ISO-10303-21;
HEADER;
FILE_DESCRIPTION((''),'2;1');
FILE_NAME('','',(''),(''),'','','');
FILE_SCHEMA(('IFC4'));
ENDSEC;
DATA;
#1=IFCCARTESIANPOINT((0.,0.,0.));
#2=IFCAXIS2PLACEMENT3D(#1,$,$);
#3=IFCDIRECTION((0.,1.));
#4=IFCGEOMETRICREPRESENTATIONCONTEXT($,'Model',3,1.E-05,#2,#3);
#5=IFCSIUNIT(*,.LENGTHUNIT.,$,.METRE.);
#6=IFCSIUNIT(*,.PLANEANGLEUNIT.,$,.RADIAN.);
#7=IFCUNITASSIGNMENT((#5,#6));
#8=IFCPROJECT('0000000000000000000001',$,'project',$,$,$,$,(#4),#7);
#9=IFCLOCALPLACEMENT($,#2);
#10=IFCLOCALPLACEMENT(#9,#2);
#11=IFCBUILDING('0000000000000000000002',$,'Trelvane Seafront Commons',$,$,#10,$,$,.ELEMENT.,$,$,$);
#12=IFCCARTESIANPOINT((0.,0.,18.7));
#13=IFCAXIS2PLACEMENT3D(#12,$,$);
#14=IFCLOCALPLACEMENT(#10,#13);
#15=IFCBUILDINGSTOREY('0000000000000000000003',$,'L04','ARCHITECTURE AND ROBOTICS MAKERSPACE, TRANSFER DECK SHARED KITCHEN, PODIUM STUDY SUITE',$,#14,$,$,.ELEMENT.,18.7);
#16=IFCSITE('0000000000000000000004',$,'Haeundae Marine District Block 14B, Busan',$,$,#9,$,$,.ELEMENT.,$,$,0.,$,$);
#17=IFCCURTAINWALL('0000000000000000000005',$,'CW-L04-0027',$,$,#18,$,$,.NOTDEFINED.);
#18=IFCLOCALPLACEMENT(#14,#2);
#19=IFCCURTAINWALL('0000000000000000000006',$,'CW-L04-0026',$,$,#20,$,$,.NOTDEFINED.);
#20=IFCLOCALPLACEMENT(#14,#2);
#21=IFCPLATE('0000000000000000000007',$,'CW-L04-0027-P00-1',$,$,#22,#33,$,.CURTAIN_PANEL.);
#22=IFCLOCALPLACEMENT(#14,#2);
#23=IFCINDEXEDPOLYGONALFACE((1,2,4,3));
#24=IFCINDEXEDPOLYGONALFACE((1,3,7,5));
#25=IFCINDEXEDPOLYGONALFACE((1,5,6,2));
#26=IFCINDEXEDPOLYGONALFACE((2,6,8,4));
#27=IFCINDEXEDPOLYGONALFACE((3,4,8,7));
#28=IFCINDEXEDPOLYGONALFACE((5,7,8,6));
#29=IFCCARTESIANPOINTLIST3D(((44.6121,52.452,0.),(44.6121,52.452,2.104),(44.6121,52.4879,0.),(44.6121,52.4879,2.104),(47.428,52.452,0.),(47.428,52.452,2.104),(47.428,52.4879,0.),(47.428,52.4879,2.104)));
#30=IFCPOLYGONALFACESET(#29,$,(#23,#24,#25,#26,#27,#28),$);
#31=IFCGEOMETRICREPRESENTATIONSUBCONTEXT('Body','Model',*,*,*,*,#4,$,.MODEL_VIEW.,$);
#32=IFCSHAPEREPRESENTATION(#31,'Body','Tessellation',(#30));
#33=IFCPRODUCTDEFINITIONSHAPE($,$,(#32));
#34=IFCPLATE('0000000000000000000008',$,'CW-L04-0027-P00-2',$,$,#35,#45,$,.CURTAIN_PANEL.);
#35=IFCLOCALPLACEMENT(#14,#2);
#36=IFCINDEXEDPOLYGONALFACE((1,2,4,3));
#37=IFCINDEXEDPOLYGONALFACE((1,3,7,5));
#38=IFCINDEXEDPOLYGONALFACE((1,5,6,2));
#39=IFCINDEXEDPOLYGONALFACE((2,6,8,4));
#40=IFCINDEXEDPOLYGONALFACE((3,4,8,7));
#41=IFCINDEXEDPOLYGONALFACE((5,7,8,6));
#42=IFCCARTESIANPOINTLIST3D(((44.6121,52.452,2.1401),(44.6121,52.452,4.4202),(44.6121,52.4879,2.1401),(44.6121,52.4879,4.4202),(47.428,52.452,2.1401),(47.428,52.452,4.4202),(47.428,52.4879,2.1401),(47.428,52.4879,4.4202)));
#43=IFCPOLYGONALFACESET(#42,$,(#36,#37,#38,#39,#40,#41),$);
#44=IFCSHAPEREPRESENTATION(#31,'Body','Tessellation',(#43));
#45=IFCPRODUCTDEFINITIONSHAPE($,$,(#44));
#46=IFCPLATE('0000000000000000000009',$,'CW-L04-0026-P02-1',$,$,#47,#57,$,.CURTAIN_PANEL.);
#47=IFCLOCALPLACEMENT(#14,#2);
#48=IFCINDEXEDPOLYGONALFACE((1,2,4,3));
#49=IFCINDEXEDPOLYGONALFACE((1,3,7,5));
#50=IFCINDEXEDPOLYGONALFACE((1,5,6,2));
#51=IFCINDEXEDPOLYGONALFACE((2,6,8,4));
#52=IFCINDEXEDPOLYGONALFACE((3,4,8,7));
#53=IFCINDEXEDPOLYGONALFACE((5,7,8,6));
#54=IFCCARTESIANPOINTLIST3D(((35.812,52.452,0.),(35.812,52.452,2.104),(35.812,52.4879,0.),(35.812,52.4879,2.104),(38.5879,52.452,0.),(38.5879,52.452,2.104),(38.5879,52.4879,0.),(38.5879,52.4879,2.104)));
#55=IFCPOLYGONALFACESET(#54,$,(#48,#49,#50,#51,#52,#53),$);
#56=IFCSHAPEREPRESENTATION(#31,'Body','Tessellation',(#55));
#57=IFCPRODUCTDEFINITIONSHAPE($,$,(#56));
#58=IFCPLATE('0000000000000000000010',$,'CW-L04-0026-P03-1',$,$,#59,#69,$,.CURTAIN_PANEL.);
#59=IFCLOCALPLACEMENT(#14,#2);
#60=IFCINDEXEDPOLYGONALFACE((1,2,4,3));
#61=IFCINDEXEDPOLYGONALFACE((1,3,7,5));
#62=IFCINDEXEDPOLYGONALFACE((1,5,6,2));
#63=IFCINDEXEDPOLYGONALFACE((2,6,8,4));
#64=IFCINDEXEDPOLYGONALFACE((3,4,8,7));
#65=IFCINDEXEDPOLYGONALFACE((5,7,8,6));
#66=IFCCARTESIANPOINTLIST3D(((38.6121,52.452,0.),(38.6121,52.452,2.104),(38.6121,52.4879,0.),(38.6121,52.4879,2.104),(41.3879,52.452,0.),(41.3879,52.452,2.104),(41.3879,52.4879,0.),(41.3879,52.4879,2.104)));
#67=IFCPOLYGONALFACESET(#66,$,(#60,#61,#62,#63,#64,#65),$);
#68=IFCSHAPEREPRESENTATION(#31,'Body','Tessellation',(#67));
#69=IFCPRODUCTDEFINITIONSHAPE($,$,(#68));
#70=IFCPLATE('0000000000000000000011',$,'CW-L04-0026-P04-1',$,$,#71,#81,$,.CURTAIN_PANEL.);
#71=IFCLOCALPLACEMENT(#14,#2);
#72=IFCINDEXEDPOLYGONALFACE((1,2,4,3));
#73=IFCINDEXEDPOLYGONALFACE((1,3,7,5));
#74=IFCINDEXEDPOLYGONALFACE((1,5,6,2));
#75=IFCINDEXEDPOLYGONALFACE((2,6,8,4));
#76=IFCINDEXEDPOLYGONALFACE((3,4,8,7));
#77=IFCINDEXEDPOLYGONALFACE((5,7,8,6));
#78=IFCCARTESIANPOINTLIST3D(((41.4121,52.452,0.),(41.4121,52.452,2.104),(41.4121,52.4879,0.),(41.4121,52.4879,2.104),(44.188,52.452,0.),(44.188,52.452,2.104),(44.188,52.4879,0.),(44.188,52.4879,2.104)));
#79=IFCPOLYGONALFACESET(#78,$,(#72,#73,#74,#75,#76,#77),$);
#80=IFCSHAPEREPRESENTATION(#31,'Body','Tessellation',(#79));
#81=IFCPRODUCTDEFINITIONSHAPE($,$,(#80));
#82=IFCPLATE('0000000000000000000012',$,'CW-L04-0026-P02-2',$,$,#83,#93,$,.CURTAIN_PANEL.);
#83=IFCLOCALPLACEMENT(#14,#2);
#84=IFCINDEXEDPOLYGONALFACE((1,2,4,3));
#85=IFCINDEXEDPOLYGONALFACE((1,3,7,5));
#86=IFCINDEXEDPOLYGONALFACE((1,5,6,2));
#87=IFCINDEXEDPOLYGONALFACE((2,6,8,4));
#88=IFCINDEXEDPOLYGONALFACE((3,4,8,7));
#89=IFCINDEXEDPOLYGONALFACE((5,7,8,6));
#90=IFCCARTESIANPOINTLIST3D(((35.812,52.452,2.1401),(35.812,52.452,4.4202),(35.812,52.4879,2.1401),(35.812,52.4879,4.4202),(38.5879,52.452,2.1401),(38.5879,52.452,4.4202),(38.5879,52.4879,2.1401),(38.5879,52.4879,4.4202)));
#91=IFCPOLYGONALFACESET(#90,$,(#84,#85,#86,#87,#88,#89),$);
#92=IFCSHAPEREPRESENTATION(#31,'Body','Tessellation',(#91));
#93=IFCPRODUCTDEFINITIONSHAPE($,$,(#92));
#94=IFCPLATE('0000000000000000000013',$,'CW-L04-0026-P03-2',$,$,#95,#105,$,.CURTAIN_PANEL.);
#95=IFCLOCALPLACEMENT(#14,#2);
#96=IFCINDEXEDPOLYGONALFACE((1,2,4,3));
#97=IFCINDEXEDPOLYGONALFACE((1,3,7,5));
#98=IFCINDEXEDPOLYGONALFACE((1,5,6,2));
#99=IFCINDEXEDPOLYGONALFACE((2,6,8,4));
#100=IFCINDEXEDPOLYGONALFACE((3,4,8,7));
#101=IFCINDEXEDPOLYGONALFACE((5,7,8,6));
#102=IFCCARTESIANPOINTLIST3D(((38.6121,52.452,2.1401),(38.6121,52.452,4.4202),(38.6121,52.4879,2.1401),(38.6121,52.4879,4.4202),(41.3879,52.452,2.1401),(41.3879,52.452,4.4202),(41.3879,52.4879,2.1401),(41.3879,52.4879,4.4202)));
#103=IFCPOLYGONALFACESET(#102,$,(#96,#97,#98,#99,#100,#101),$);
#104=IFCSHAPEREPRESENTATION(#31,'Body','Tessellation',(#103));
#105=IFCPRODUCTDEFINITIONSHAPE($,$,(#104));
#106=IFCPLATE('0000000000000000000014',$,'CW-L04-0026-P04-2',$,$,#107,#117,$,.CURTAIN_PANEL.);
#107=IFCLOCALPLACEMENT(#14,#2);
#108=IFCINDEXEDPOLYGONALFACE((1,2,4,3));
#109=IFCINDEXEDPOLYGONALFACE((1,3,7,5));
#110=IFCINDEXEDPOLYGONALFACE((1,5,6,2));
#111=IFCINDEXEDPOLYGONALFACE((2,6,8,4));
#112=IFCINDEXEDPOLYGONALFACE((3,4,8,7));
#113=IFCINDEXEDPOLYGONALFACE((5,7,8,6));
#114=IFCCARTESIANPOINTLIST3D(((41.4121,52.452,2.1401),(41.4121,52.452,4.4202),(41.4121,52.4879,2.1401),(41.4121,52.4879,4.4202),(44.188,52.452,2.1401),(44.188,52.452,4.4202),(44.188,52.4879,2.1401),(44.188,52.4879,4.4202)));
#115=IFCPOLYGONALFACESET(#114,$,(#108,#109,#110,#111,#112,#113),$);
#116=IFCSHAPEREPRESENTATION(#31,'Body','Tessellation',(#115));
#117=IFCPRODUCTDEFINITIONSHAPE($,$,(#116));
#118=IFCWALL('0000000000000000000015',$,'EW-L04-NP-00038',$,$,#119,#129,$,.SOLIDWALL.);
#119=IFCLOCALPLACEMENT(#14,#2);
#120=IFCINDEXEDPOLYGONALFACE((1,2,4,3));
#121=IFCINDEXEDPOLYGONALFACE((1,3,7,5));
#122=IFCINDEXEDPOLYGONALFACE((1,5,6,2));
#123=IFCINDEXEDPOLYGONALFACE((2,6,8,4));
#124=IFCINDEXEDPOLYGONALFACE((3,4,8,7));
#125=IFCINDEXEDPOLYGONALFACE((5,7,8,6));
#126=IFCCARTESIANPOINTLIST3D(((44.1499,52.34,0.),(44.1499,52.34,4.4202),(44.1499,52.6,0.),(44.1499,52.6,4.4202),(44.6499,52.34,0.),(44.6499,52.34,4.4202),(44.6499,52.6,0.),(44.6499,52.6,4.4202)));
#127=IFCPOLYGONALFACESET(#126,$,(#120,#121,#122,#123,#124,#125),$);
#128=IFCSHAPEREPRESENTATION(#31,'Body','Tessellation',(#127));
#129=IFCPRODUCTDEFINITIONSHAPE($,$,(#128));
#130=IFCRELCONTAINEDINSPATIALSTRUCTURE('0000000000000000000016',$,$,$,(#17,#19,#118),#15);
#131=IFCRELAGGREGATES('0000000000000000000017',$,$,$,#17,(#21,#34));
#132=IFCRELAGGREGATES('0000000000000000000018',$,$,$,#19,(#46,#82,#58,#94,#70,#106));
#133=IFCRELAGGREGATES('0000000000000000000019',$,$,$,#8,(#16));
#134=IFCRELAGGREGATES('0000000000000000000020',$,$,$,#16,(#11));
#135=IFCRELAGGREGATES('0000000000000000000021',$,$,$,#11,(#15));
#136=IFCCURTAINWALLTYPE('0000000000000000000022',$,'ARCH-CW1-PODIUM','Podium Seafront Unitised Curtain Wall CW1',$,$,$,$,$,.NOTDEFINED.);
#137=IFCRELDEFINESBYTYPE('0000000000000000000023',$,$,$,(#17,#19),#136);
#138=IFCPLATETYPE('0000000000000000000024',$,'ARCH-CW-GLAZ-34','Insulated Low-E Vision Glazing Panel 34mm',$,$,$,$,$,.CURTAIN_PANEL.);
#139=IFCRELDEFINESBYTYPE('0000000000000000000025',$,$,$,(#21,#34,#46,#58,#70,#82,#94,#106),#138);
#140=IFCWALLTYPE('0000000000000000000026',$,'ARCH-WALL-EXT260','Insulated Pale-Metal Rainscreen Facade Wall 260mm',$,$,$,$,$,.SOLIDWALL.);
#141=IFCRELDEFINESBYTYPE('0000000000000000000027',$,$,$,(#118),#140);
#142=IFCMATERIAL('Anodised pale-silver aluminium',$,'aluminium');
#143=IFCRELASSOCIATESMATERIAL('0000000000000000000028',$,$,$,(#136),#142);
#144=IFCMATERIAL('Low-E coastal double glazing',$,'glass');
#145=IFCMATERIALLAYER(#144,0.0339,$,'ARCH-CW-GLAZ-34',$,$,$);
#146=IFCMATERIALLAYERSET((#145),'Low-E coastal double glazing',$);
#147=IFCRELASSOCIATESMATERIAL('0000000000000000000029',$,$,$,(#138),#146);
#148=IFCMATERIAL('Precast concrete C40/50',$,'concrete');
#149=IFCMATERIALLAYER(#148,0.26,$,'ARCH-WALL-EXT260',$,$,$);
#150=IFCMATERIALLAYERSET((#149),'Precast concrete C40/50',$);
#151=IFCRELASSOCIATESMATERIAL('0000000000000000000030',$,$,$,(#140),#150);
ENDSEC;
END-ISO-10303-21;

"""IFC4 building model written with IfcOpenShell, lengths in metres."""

from ifc_helpers import new_model, si_unit, direction, frame, frame_2d, origin, origin_2d, place, context, subcontext, project, spatial, rectangle, extrude, source, transform, mapped, material, layer, layer_set, type_object, element, aggregate, save


model = new_model("IFC4")

# Units and contexts
model_context = context("Model", 3, precision=1e-05, world=origin(), true_north=direction((0.0, 1.0)))
body_context = subcontext(model_context, "Body", "Model", "MODEL_VIEW")
ifc_project = project(units=[si_unit("LENGTHUNIT", "METRE"), si_unit("PLANEANGLEUNIT", "RADIAN")], contexts=[model_context])

# Site, building, storey
site_placement = place(None, origin())
site = spatial("IfcSite", under=ifc_project, at=site_placement, Name="Haeundae Marine District Block 14B, Busan", CompositionType="ELEMENT", RefElevation=0.0)
building_placement = place(site_placement, origin())
building = spatial("IfcBuilding", under=site, at=building_placement, Name="Trelvane Seafront Commons", CompositionType="ELEMENT")
storey_placement = place(building_placement, frame((0.0, 0.0, 18.7)))
storey = spatial("IfcBuildingStorey", under=building, at=storey_placement, Name="L04", Description="ARCHITECTURE AND ROBOTICS MAKERSPACE, TRANSFER DECK SHARED KITCHEN, PODIUM STUDY SUITE", CompositionType="ELEMENT", Elevation=18.7)

# Curtain walls
ifc_material_1 = material(Name="Anodised pale-silver aluminium", Category="aluminium")
curtain_wall_type = type_object("IfcCurtainWallType", Name="ARCH-CW1-PODIUM", Description="Podium Seafront Unitised Curtain Wall CW1", PredefinedType="NOTDEFINED", material=ifc_material_1)
curtain_wall_1_placement = place(storey_placement, origin())
curtain_wall_1 = element("IfcCurtainWall", 1, at=curtain_wall_1_placement, inside=storey, type_object=curtain_wall_type, Name="CW-L04-0027", PredefinedType="NOTDEFINED")
curtain_wall_2_placement = place(storey_placement, origin())
curtain_wall_2 = element("IfcCurtainWall", 2, at=curtain_wall_2_placement, inside=storey, type_object=curtain_wall_type, Name="CW-L04-0026", PredefinedType="NOTDEFINED")

# Plates
ifc_material_2 = material(Name="Low-E coastal double glazing", Category="glass")
ifc_layer_1 = layer(ifc_material_2, 0.0339, Name="ARCH-CW-GLAZ-34")
ifc_layer_set_1 = layer_set([ifc_layer_1], Name="Low-E coastal double glazing")
plate_type = type_object("IfcPlateType", Name="ARCH-CW-GLAZ-34", Description="Insulated Low-E Vision Glazing Panel 34mm", PredefinedType="CURTAIN_PANEL", material=ifc_layer_set_1)
shared_shape_1 = source(origin(), body_context, "Body", "SweptSolid", [
    extrude(rectangle(XDim=2.8159, YDim=0.0359, at=origin_2d()), origin(), (0.0, 0.0, 1.0), 2.104),
])
plate_1_placement = place(storey_placement, frame((46.02, 52.47, 0.0), z_axis=(0.0, 0.0, 1.0), x_axis=(1.0, 0.0, 0.0)))
plate_1 = element("IfcPlate", 3, at=plate_1_placement, type_object=plate_type, Name="CW-L04-0027-P00-1", PredefinedType="CURTAIN_PANEL", context=body_context, shape_type="MappedRepresentation", body=[
    mapped(shared_shape_1, transform((0.0, 0.0, 0.0), x_axis=(1.0, 0.0, 0.0), y_axis=(0.0, 1.0, 0.0), z_axis=(0.0, 0.0, 1.0), scale=1.0)),
])
shared_shape_2 = source(origin(), body_context, "Body", "SweptSolid", [
    extrude(rectangle(XDim=2.8159, YDim=0.0359, at=origin_2d()), origin(), (0.0, 0.0, 1.0), 2.28),
])
plate_2_placement = place(storey_placement, frame((46.02, 52.47, 2.1401), z_axis=(0.0, 0.0, 1.0), x_axis=(1.0, 0.0, 0.0)))
plate_2 = element("IfcPlate", 4, at=plate_2_placement, type_object=plate_type, Name="CW-L04-0027-P00-2", PredefinedType="CURTAIN_PANEL", context=body_context, shape_type="MappedRepresentation", body=[
    mapped(shared_shape_2, transform((0.0, 0.0, 0.0), x_axis=(1.0, 0.0, 0.0), y_axis=(0.0, 1.0, 0.0), z_axis=(0.0, 0.0, 1.0), scale=1.0)),
])
aggregate(curtain_wall_1, [plate_1, plate_2])
shared_shape_3 = source(origin(), body_context, "Body", "SweptSolid", [
    extrude(rectangle(XDim=2.7759, YDim=0.0359, at=origin_2d()), origin(), (0.0, 0.0, 1.0), 2.104),
])
plate_3_placement = place(storey_placement, frame((37.2, 52.47, 0.0), z_axis=(0.0, 0.0, 1.0), x_axis=(1.0, 0.0, 0.0)))
plate_3 = element("IfcPlate", 5, at=plate_3_placement, type_object=plate_type, Name="CW-L04-0026-P02-1", PredefinedType="CURTAIN_PANEL", context=body_context, shape_type="MappedRepresentation", body=[
    mapped(shared_shape_3, transform((0.0, 0.0, 0.0), x_axis=(1.0, 0.0, 0.0), y_axis=(0.0, 1.0, 0.0), z_axis=(0.0, 0.0, 1.0), scale=1.0)),
])
plate_4_placement = place(storey_placement, frame((40.0, 52.47, 0.0), z_axis=(0.0, 0.0, 1.0), x_axis=(1.0, 0.0, 0.0)))
plate_4 = element("IfcPlate", 6, at=plate_4_placement, type_object=plate_type, Name="CW-L04-0026-P03-1", PredefinedType="CURTAIN_PANEL", context=body_context, shape_type="MappedRepresentation", body=[
    mapped(shared_shape_3, transform((0.0, 0.0, 0.0), x_axis=(1.0, 0.0, 0.0), y_axis=(0.0, 1.0, 0.0), z_axis=(0.0, 0.0, 1.0), scale=1.0)),
])
plate_5_placement = place(storey_placement, frame((42.8, 52.47, 0.0), z_axis=(0.0, 0.0, 1.0), x_axis=(1.0, 0.0, 0.0)))
plate_5 = element("IfcPlate", 7, at=plate_5_placement, type_object=plate_type, Name="CW-L04-0026-P04-1", PredefinedType="CURTAIN_PANEL", context=body_context, shape_type="MappedRepresentation", body=[
    mapped(shared_shape_3, transform((0.0, 0.0, 0.0), x_axis=(1.0, 0.0, 0.0), y_axis=(0.0, 1.0, 0.0), z_axis=(0.0, 0.0, 1.0), scale=1.0)),
])
shared_shape_4 = source(origin(), body_context, "Body", "SweptSolid", [
    extrude(rectangle(XDim=2.7759, YDim=0.0359, at=origin_2d()), origin(), (0.0, 0.0, 1.0), 2.28),
])
plate_6_placement = place(storey_placement, frame((37.2, 52.47, 2.1401), z_axis=(0.0, 0.0, 1.0), x_axis=(1.0, 0.0, 0.0)))
plate_6 = element("IfcPlate", 8, at=plate_6_placement, type_object=plate_type, Name="CW-L04-0026-P02-2", PredefinedType="CURTAIN_PANEL", context=body_context, shape_type="MappedRepresentation", body=[
    mapped(shared_shape_4, transform((0.0, 0.0, 0.0), x_axis=(1.0, 0.0, 0.0), y_axis=(0.0, 1.0, 0.0), z_axis=(0.0, 0.0, 1.0), scale=1.0)),
])
plate_7_placement = place(storey_placement, frame((40.0, 52.47, 2.1401), z_axis=(0.0, 0.0, 1.0), x_axis=(1.0, 0.0, 0.0)))
plate_7 = element("IfcPlate", 9, at=plate_7_placement, type_object=plate_type, Name="CW-L04-0026-P03-2", PredefinedType="CURTAIN_PANEL", context=body_context, shape_type="MappedRepresentation", body=[
    mapped(shared_shape_4, transform((0.0, 0.0, 0.0), x_axis=(1.0, 0.0, 0.0), y_axis=(0.0, 1.0, 0.0), z_axis=(0.0, 0.0, 1.0), scale=1.0)),
])
plate_8_placement = place(storey_placement, frame((42.8, 52.47, 2.1401), z_axis=(0.0, 0.0, 1.0), x_axis=(1.0, 0.0, 0.0)))
plate_8 = element("IfcPlate", 10, at=plate_8_placement, type_object=plate_type, Name="CW-L04-0026-P04-2", PredefinedType="CURTAIN_PANEL", context=body_context, shape_type="MappedRepresentation", body=[
    mapped(shared_shape_4, transform((0.0, 0.0, 0.0), x_axis=(1.0, 0.0, 0.0), y_axis=(0.0, 1.0, 0.0), z_axis=(0.0, 0.0, 1.0), scale=1.0)),
])
aggregate(curtain_wall_2, [plate_3, plate_6, plate_4, plate_7, plate_5, plate_8])

# Wall
ifc_material_3 = material(Name="Precast concrete C40/50", Category="concrete")
ifc_layer_2 = layer(ifc_material_3, 0.26, Name="ARCH-WALL-EXT260")
ifc_layer_set_2 = layer_set([ifc_layer_2], Name="Precast concrete C40/50")
wall_type = type_object("IfcWallType", Name="ARCH-WALL-EXT260", Description="Insulated Pale-Metal Rainscreen Facade Wall 260mm", PredefinedType="SOLIDWALL", material=ifc_layer_set_2)
wall_placement = place(storey_placement, frame((44.1499, 52.47, 0.0), z_axis=(0.0, 0.0, 1.0), x_axis=(1.0, 0.0, 0.0)))
element("IfcWall", 11, at=wall_placement, inside=storey, type_object=wall_type, Name="EW-L04-NP-00038", PredefinedType="SOLIDWALL", context=body_context, shape_type="SweptSolid", body=[
    extrude(rectangle(XDim=0.5, YDim=0.26, at=frame_2d((0.25, 0.0))), origin(), (0.0, 0.0, 1.0), 4.4202),
])

save(model, "model.ifc")
